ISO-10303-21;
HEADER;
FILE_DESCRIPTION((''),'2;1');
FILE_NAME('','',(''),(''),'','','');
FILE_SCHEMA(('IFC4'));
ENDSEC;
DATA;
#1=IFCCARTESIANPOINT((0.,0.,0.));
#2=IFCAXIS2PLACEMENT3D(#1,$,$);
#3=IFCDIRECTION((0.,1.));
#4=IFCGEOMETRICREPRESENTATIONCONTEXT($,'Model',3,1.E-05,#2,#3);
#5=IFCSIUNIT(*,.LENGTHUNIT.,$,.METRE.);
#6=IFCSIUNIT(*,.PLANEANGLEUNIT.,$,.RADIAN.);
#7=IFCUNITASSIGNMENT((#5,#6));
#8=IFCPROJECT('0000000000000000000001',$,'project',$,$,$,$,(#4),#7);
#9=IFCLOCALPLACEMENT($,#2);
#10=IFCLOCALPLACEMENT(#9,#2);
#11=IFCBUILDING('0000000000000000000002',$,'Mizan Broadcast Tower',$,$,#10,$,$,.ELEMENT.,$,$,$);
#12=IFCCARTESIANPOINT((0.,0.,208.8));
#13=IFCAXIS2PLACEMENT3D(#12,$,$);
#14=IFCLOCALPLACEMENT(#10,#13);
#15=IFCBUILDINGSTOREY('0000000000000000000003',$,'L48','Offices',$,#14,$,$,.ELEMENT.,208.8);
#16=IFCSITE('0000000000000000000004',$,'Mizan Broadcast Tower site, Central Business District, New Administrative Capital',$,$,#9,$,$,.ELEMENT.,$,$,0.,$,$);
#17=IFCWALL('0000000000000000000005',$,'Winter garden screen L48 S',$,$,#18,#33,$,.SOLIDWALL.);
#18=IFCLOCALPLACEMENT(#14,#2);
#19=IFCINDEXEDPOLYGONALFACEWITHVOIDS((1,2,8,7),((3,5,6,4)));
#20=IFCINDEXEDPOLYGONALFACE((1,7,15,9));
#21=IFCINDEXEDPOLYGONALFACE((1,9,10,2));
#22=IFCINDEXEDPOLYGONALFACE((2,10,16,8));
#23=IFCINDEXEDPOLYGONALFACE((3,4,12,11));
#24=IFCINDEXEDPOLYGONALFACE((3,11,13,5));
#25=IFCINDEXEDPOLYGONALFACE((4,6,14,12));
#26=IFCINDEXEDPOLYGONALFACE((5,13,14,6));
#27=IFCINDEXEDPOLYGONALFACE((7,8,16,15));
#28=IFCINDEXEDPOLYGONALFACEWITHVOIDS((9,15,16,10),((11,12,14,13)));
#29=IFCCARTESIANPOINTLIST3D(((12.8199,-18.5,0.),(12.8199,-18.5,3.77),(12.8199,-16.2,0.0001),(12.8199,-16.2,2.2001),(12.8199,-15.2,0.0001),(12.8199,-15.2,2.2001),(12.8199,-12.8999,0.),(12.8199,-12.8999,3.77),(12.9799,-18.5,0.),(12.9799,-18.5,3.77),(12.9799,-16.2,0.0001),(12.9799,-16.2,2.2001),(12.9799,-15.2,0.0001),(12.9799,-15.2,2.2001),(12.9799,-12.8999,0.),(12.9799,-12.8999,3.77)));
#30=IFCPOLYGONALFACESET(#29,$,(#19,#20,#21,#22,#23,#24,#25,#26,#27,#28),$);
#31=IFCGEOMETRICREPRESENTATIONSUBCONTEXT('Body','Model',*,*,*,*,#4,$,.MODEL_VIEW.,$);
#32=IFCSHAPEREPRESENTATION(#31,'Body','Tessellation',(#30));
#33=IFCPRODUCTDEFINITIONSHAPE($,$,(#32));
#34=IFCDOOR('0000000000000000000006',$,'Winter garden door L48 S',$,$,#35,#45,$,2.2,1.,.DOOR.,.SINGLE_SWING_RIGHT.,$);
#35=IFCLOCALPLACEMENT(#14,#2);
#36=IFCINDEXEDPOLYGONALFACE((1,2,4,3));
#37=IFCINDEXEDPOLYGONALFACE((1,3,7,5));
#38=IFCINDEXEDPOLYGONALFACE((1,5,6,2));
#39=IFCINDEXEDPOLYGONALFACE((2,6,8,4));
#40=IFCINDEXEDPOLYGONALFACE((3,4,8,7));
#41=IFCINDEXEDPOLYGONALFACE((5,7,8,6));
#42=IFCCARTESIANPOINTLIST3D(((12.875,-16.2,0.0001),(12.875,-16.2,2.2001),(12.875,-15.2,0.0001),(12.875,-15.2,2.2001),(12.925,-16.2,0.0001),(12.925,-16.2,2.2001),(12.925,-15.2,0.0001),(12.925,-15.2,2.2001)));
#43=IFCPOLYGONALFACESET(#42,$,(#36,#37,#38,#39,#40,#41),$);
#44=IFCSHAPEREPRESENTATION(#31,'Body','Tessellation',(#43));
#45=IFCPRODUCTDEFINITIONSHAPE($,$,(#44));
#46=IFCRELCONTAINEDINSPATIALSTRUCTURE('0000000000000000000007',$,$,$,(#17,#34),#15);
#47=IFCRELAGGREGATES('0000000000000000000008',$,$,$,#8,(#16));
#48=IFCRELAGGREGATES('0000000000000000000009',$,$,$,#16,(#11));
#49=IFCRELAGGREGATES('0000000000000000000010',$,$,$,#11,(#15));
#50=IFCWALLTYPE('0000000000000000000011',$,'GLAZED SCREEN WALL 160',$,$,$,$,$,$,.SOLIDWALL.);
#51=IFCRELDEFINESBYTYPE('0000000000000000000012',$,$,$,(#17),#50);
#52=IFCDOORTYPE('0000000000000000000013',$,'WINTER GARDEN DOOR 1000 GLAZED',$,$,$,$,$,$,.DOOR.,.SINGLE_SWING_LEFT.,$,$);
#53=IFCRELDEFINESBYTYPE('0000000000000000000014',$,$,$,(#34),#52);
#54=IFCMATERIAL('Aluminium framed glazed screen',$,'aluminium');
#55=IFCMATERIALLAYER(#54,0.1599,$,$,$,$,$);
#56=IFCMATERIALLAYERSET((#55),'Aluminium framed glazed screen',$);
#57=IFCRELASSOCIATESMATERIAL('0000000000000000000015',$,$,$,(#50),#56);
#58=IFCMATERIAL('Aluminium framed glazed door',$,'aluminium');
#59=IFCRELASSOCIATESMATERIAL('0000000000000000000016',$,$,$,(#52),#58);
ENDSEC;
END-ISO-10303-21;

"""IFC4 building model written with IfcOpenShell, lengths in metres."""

from ifc_helpers import new_model, si_unit, direction, frame, frame_2d, origin, place, context, subcontext, project, spatial, rectangle, extrude, material, layer, layer_set, type_object, element, fill, save


model = new_model("IFC4")

# Units and contexts
model_context = context("Model", 3, precision=1e-05, world=origin(), true_north=direction((0.0, 1.0)))
body_context = subcontext(model_context, "Body", "Model", "MODEL_VIEW")
ifc_project = project(units=[si_unit("LENGTHUNIT", "METRE"), si_unit("PLANEANGLEUNIT", "RADIAN")], contexts=[model_context])

# Site, building, storey
site_placement = place(None, origin())
site = spatial("IfcSite", under=ifc_project, at=site_placement, Name="Mizan Broadcast Tower site, Central Business District, New Administrative Capital", CompositionType="ELEMENT", RefElevation=0.0)
building_placement = place(site_placement, origin())
building = spatial("IfcBuilding", under=site, at=building_placement, Name="Mizan Broadcast Tower", CompositionType="ELEMENT")
storey_placement = place(building_placement, frame((0.0, 0.0, 208.8)))
storey = spatial("IfcBuildingStorey", under=building, at=storey_placement, Name="L48", Description="Offices", CompositionType="ELEMENT", Elevation=208.8)

# Shared definitions
ifc_material_1 = material(Name="Aluminium framed glazed screen", Category="aluminium")
ifc_layer_1 = layer(ifc_material_1, 0.1599)
ifc_layer_set_1 = layer_set([ifc_layer_1], Name="Aluminium framed glazed screen")
wall_type = type_object("IfcWallType", Name="GLAZED SCREEN WALL 160", PredefinedType="SOLIDWALL", material=ifc_layer_set_1)

# Wall, opening, door
wall_1_placement = place(storey_placement, frame((12.8999, -18.5, 0.0), z_axis=(0.0, 0.0, 1.0), x_axis=(0.0, 1.0, 0.0)))
wall_1 = element("IfcWall", 1, at=wall_1_placement, inside=storey, type_object=wall_type, Name="Winter garden screen L48 S", PredefinedType="SOLIDWALL", context=body_context, shape_type="SweptSolid", body=[
    extrude(rectangle(XDim=5.6001, YDim=0.1599, at=frame_2d((2.8, 0.0))), origin(), (0.0, 0.0, 1.0), 3.77),
])
opening_placement = place(wall_1_placement, frame((2.3, 0.0, 0.0)))
opening = element("IfcOpeningElement", 2, at=opening_placement, cuts=wall_1, PredefinedType="OPENING", context=body_context, shape_type="SweptSolid", body=[
    extrude(rectangle(XDim=1.0, YDim=2.2, at=frame_2d((0.5, 1.1001))), frame((0.0, 0.0898, 0.0), z_axis=(0.0, -1.0, 0.0), x_axis=(1.0, 0.0, 0.0)), (0.0, 0.0, 1.0), 0.1799),
])
ifc_material_2 = material(Name="Aluminium framed glazed door", Category="aluminium")
door_type = type_object("IfcDoorType", Name="WINTER GARDEN DOOR 1000 GLAZED", OperationType="SINGLE_SWING_LEFT", PredefinedType="DOOR", material=ifc_material_2)
door_placement = place(opening_placement, origin())
door = element("IfcDoor", 3, at=door_placement, inside=storey, type_object=door_type, Name="Winter garden door L48 S", OperationType="SINGLE_SWING_RIGHT", OverallHeight=2.2, OverallWidth=1.0, PredefinedType="DOOR", context=body_context, shape_type="SweptSolid", body=[
    extrude(rectangle(XDim=1.0, YDim=2.2, at=frame_2d((0.5, 1.1001))), frame((0.0, 0.0249, 0.0), z_axis=(0.0, -1.0, 0.0), x_axis=(1.0, 0.0, 0.0)), (0.0, 0.0, 1.0), 0.05),
])
fill(opening, door)

save(model, "model.ifc")
